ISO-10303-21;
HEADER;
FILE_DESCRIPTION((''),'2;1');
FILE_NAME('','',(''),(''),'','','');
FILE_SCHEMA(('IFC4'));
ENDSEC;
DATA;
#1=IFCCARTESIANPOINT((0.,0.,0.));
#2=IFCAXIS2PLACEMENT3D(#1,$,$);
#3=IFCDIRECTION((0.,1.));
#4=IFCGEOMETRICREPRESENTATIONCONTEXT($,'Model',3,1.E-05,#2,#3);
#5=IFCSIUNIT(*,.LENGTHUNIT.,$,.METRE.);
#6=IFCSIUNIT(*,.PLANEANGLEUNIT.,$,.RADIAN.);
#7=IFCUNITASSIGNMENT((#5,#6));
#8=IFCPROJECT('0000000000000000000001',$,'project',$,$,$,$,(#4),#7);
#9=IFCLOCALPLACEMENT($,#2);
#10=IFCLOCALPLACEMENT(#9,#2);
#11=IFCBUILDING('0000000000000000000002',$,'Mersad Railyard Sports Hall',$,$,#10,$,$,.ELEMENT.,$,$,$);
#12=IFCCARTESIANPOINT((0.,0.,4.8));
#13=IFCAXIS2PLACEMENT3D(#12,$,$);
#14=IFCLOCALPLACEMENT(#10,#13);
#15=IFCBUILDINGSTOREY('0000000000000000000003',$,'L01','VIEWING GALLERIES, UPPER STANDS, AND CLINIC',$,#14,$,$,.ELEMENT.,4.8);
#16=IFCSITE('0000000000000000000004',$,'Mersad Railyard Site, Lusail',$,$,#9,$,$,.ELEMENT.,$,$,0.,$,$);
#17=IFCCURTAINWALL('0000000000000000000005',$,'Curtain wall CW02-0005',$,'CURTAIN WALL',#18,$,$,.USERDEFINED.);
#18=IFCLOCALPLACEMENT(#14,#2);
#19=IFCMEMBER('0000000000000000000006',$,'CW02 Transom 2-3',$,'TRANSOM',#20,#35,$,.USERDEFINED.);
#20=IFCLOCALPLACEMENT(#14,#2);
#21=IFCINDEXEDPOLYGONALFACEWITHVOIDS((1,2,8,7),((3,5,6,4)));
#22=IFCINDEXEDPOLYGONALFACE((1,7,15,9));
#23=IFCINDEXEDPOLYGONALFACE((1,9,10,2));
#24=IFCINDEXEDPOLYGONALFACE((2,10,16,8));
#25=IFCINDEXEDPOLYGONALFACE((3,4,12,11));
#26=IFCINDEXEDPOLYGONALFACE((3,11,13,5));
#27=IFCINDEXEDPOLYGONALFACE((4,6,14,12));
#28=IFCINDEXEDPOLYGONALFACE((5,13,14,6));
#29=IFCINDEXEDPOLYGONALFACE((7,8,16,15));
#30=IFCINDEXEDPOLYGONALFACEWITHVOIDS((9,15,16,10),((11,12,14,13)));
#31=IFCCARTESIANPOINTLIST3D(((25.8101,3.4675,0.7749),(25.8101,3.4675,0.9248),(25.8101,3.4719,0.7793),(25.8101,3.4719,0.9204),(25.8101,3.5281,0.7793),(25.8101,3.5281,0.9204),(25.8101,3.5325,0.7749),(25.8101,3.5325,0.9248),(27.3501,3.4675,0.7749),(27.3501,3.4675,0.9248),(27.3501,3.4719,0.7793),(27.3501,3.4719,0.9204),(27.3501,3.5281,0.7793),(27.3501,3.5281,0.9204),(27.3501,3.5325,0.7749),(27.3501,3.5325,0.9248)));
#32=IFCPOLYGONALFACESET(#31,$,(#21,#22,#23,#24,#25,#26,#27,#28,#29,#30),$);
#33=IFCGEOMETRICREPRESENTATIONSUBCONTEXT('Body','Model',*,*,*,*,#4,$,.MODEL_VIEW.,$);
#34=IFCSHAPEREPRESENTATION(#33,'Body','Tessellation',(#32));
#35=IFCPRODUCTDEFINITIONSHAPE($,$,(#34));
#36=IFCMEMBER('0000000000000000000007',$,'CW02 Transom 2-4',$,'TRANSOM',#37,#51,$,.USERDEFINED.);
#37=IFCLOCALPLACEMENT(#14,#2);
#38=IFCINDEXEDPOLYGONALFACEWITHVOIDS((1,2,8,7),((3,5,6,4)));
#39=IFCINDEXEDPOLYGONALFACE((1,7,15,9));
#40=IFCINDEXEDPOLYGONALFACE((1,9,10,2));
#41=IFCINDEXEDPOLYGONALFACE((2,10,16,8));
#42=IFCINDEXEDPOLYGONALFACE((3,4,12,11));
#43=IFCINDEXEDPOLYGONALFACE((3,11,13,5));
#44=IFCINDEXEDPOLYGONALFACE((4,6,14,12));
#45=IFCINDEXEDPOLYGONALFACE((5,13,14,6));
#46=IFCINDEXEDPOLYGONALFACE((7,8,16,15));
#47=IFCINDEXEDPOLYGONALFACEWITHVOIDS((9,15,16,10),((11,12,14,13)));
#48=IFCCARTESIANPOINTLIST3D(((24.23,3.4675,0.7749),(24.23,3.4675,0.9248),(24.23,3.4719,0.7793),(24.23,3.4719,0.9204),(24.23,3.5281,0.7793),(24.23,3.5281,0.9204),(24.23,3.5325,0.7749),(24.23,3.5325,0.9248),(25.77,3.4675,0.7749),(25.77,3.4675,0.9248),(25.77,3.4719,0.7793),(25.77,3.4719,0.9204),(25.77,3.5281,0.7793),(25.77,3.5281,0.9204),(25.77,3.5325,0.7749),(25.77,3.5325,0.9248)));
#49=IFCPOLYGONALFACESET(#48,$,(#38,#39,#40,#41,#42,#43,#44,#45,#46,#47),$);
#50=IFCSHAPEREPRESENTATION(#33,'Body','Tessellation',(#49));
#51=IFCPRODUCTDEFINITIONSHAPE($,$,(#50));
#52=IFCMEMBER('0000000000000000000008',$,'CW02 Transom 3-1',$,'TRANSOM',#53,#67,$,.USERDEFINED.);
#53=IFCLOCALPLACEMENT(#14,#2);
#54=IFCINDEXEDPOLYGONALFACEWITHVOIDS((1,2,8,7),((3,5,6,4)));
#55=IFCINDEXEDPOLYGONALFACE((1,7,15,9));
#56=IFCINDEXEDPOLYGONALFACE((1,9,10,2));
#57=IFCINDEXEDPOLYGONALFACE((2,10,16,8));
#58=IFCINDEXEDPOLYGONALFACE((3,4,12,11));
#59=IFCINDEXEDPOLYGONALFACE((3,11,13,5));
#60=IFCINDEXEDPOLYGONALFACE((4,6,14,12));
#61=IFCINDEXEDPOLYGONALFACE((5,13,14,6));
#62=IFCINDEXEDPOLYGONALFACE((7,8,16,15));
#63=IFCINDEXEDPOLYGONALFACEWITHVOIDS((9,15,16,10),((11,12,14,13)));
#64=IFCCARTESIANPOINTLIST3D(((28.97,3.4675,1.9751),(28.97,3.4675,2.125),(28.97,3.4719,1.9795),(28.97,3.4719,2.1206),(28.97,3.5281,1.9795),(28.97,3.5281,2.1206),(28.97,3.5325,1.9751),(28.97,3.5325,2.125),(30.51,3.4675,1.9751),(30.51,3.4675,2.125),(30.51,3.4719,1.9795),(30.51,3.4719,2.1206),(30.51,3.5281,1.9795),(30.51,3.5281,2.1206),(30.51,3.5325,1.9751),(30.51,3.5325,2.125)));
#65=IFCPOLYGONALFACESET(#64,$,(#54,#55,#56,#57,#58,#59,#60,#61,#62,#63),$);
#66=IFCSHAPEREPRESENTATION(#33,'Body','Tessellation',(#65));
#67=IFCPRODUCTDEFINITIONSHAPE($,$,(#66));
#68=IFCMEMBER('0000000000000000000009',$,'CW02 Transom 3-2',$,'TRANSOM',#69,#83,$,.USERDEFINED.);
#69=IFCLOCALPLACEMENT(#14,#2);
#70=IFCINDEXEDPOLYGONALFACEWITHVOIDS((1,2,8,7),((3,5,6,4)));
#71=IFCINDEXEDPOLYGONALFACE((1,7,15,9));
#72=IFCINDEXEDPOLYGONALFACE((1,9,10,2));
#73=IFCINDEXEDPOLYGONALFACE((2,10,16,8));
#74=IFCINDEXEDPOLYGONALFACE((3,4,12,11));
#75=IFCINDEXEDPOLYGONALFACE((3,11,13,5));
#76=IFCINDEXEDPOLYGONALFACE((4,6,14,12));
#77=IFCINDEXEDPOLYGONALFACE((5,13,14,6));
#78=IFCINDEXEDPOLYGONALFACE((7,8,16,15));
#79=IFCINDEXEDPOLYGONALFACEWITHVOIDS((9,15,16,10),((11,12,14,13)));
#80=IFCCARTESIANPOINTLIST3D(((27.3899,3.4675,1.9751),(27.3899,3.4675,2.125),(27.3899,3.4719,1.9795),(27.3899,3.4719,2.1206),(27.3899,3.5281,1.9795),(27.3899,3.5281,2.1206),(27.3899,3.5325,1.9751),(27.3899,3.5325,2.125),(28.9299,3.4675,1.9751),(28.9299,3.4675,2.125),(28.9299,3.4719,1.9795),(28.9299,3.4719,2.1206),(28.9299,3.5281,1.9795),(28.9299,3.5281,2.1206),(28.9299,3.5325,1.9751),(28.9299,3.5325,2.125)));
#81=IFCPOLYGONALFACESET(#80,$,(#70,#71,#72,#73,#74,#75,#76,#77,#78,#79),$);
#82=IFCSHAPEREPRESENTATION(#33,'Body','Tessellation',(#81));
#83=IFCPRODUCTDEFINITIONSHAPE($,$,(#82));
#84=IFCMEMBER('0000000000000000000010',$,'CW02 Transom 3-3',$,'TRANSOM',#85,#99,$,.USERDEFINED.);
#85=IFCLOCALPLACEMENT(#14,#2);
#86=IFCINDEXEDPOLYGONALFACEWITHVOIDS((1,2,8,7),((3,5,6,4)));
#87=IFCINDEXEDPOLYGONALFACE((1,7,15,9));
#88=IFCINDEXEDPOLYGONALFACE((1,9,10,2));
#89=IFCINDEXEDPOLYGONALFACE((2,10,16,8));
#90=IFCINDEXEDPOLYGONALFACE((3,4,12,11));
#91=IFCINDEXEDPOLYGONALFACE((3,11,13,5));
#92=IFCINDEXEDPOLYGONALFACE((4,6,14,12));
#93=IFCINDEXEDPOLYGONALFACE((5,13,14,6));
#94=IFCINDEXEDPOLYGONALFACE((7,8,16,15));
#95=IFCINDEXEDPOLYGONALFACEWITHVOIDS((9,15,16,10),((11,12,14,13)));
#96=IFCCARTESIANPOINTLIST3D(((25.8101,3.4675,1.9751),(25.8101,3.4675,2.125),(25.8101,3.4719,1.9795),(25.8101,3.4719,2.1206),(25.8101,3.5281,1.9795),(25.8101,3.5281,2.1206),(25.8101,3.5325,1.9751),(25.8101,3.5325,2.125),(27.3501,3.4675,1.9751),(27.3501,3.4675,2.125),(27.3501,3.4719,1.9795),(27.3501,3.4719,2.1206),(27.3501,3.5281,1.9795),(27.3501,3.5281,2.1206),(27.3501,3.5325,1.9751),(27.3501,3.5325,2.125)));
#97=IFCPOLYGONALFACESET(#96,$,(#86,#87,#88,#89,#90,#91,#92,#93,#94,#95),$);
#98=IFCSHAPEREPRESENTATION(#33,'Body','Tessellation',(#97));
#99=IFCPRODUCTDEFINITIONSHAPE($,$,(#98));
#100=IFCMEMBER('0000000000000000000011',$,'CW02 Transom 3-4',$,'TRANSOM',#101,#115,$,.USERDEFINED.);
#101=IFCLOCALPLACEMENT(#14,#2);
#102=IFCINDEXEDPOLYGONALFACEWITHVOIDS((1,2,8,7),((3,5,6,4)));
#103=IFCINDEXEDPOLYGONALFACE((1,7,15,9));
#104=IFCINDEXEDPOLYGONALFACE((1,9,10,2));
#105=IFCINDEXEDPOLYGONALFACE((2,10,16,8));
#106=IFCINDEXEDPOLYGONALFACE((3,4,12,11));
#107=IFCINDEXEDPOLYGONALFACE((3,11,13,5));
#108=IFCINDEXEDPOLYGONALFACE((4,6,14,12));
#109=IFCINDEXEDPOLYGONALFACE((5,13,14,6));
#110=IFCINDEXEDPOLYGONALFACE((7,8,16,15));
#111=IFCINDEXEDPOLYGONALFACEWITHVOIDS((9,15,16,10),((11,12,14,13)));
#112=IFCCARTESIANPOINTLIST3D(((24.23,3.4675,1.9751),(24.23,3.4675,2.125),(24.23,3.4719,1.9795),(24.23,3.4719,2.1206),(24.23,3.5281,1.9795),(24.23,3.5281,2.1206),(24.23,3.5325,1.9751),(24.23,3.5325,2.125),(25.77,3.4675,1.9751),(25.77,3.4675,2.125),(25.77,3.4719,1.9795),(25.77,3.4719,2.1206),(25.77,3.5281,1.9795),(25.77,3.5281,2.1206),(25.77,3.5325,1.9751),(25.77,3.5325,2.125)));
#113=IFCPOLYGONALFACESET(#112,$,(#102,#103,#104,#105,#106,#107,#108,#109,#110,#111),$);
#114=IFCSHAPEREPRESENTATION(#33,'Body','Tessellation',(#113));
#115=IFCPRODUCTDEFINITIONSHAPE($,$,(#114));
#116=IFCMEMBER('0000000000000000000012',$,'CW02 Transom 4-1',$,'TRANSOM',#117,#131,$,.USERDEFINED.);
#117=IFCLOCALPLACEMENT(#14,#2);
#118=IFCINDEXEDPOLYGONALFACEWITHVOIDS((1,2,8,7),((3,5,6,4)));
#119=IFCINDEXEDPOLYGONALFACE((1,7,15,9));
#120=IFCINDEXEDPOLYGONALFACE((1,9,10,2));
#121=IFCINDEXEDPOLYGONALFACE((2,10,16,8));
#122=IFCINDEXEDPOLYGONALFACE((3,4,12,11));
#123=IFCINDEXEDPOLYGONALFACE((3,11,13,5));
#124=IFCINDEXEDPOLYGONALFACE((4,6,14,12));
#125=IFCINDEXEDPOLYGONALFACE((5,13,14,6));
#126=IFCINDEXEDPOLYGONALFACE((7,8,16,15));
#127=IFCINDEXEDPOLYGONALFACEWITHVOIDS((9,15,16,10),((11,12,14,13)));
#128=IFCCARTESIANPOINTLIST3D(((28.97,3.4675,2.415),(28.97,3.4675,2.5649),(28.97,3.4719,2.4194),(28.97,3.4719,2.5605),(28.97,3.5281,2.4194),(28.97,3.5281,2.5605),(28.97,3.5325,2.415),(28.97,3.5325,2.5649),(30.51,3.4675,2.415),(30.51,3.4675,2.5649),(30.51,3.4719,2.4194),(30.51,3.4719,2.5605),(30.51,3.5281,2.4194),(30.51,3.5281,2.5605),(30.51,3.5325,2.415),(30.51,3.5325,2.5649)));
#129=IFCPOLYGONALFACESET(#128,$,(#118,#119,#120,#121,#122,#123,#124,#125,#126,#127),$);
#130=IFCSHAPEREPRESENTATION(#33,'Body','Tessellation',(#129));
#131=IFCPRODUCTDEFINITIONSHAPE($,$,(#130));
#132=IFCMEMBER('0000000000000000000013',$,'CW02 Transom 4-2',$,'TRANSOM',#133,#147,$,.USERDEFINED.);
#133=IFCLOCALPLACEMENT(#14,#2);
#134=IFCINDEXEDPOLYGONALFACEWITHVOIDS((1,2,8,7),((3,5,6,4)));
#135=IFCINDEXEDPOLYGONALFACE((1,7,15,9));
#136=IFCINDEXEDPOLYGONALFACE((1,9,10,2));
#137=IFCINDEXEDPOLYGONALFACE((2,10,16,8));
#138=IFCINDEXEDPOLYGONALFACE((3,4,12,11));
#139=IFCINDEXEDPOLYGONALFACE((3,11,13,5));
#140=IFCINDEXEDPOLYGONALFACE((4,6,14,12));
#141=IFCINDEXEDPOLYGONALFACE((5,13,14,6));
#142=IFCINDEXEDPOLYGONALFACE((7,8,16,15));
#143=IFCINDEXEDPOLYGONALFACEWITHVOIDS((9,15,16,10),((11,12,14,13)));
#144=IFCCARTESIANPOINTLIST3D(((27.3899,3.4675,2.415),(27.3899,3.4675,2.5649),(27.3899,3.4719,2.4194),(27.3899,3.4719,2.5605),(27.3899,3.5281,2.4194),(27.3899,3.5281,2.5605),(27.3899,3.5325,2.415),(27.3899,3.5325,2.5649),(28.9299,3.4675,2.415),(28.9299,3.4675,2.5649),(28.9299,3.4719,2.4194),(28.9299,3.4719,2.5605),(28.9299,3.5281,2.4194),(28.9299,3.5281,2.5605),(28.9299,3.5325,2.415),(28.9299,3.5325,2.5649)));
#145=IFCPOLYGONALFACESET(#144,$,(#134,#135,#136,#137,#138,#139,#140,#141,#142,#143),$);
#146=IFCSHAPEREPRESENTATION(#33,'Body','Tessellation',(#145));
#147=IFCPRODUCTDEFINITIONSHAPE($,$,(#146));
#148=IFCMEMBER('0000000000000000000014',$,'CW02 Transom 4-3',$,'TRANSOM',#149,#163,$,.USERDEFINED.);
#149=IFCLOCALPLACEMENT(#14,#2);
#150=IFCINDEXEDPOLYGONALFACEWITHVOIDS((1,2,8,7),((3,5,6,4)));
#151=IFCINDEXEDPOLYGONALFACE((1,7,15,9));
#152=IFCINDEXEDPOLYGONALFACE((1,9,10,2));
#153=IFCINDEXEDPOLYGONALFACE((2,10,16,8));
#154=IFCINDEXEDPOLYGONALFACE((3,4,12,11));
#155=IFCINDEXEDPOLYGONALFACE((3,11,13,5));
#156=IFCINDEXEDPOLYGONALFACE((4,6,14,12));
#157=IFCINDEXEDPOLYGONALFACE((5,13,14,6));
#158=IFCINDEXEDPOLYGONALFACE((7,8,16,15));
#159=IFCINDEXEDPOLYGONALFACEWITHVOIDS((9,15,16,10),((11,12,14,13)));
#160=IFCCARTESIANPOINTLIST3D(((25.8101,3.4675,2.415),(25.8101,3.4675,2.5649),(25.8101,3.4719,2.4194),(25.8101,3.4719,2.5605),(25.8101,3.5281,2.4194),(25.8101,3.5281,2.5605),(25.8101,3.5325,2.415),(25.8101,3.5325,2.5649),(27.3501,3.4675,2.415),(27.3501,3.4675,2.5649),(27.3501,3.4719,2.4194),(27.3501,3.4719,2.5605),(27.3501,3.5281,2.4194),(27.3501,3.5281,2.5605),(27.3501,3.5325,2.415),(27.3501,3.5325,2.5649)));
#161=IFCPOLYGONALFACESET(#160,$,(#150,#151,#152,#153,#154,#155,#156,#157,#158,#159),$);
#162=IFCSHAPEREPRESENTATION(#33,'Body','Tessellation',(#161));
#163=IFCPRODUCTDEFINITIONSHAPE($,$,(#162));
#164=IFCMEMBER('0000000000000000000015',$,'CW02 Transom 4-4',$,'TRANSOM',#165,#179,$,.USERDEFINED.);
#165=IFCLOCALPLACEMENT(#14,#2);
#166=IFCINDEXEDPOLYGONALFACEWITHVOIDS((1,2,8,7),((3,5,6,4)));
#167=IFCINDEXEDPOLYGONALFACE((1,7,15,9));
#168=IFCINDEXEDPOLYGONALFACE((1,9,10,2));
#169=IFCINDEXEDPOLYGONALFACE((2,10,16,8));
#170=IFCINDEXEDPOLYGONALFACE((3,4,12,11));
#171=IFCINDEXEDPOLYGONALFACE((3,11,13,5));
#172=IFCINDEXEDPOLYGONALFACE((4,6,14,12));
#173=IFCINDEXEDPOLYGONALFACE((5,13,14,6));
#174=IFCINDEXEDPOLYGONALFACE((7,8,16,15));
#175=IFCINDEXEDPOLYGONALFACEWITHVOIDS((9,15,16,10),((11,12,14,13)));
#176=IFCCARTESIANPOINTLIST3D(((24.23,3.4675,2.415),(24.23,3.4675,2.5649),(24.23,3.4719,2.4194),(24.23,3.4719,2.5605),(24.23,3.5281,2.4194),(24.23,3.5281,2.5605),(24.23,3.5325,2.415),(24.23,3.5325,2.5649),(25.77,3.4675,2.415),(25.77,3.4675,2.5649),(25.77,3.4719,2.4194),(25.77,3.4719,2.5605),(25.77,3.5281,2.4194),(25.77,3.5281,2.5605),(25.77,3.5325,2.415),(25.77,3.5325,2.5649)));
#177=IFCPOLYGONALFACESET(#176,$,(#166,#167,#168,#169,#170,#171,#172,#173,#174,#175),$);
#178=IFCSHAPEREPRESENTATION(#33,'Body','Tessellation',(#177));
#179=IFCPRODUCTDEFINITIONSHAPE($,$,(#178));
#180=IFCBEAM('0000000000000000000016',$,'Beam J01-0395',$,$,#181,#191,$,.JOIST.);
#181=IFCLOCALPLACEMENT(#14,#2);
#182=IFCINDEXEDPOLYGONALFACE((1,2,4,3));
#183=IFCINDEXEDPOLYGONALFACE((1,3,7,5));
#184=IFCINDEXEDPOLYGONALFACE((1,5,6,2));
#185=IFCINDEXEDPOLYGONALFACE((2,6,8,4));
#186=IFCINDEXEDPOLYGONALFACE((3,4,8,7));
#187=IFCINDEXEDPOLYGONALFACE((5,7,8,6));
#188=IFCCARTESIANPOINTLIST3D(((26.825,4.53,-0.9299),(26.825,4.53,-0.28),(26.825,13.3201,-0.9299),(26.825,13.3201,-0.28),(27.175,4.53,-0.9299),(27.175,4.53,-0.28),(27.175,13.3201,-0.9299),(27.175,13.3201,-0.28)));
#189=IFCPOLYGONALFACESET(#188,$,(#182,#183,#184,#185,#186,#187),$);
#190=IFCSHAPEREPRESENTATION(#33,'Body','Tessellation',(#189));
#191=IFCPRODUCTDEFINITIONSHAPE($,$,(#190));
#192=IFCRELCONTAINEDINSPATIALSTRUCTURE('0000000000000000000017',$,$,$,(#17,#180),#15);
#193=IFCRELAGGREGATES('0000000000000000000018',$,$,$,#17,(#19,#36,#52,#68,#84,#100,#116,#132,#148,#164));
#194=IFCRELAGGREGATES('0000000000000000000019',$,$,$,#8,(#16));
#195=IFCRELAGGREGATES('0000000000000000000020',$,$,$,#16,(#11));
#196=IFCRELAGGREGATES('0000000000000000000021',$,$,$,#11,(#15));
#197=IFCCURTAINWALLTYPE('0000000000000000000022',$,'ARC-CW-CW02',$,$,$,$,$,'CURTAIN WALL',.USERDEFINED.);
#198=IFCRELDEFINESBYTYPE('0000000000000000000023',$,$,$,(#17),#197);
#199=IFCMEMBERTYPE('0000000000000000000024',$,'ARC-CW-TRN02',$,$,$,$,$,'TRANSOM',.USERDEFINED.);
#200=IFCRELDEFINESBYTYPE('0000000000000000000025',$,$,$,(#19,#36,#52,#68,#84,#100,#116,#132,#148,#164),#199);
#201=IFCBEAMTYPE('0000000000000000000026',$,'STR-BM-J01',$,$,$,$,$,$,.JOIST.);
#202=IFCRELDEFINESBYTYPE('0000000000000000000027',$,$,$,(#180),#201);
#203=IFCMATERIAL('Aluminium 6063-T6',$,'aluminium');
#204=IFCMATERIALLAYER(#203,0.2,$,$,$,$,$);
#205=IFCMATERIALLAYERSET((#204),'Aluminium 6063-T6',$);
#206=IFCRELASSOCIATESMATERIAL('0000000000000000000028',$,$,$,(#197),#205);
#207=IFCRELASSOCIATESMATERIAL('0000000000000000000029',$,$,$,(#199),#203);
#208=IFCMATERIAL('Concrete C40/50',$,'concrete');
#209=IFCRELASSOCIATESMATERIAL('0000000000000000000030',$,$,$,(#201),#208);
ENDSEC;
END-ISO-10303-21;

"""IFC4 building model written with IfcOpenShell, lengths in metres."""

from ifc_helpers import new_model, si_unit, direction, frame, origin, origin_2d, place, context, subcontext, project, spatial, rectangle, hollow_rectangle, extrude, material, layer, layer_set, material_profile, profile_set, type_object, element, aggregate, save


model = new_model("IFC4")

# Units and contexts
model_context = context("Model", 3, precision=1e-05, world=origin(), true_north=direction((0.0, 1.0)))
body_context = subcontext(model_context, "Body", "Model", "MODEL_VIEW")
ifc_project = project(units=[si_unit("LENGTHUNIT", "METRE"), si_unit("PLANEANGLEUNIT", "RADIAN")], contexts=[model_context])

# Site, building, storey
site_placement = place(None, origin())
site = spatial("IfcSite", under=ifc_project, at=site_placement, Name="Mersad Railyard Site, Lusail", CompositionType="ELEMENT", RefElevation=0.0)
building_placement = place(site_placement, origin())
building = spatial("IfcBuilding", under=site, at=building_placement, Name="Mersad Railyard Sports Hall", CompositionType="ELEMENT")
storey_placement = place(building_placement, frame((0.0, 0.0, 4.8)))
storey = spatial("IfcBuildingStorey", under=building, at=storey_placement, Name="L01", Description="VIEWING GALLERIES, UPPER STANDS, AND CLINIC", CompositionType="ELEMENT", Elevation=4.8)

# Curtain wall, members
ifc_material_1 = material(Name="Aluminium 6063-T6", Category="aluminium")
ifc_layer_1 = layer(ifc_material_1, 0.2)
ifc_layer_set_1 = layer_set([ifc_layer_1], Name="Aluminium 6063-T6")
curtain_wall_type = type_object("IfcCurtainWallType", Name="ARC-CW-CW02", ElementType="CURTAIN WALL", PredefinedType="USERDEFINED", material=ifc_layer_set_1)
curtain_wall_placement = place(storey_placement, origin())
curtain_wall = element("IfcCurtainWall", 1, at=curtain_wall_placement, inside=storey, type_object=curtain_wall_type, Name="Curtain wall CW02-0005", ObjectType="CURTAIN WALL", PredefinedType="USERDEFINED")
ifc_material_profile_1 = material_profile(ifc_material_1, hollow_rectangle(XDim=0.0649, YDim=0.1499, WallThickness=0.0044, at=origin_2d()), Name="AL TRANSOM 65x150x4.5")
ifc_profile_set_1 = profile_set([ifc_material_profile_1], Name="Aluminium 6063-T6")
member_type_1 = type_object("IfcMemberType", Name="ARC-CW-TRN02", ElementType="TRANSOM", PredefinedType="USERDEFINED", material=ifc_profile_set_1)
member_1_placement = place(storey_placement, frame((27.3501, 3.5, 0.8499), z_axis=(-1.0, 0.0, 0.0), x_axis=(0.0, -1.0, 0.0)))
member_1 = element("IfcMember", 2, at=member_1_placement, type_object=member_type_1, Name="CW02 Transom 2-3", ObjectType="TRANSOM", PredefinedType="USERDEFINED", context=body_context, shape_type="SweptSolid", body=[
    extrude(hollow_rectangle(XDim=0.0649, YDim=0.1499, WallThickness=0.0044, at=origin_2d()), origin(), (0.0, 0.0, 1.0), 1.54),
])
member_2_placement = place(storey_placement, frame((25.77, 3.5, 0.8499), z_axis=(-1.0, 0.0, 0.0), x_axis=(0.0, -1.0, 0.0)))
member_2 = element("IfcMember", 3, at=member_2_placement, type_object=member_type_1, Name="CW02 Transom 2-4", ObjectType="TRANSOM", PredefinedType="USERDEFINED", context=body_context, shape_type="SweptSolid", body=[
    extrude(hollow_rectangle(XDim=0.0649, YDim=0.1499, WallThickness=0.0044, at=origin_2d()), origin(), (0.0, 0.0, 1.0), 1.54),
])
member_3_placement = place(storey_placement, frame((30.51, 3.5, 2.05), z_axis=(-1.0, 0.0, 0.0), x_axis=(0.0, -1.0, 0.0)))
member_3 = element("IfcMember", 4, at=member_3_placement, type_object=member_type_1, Name="CW02 Transom 3-1", ObjectType="TRANSOM", PredefinedType="USERDEFINED", context=body_context, shape_type="SweptSolid", body=[
    extrude(hollow_rectangle(XDim=0.0649, YDim=0.1499, WallThickness=0.0044, at=origin_2d()), origin(), (0.0, 0.0, 1.0), 1.54),
])
member_4_placement = place(storey_placement, frame((28.9299, 3.5, 2.05), z_axis=(-1.0, 0.0, 0.0), x_axis=(0.0, -1.0, 0.0)))
member_4 = element("IfcMember", 5, at=member_4_placement, type_object=member_type_1, Name="CW02 Transom 3-2", ObjectType="TRANSOM", PredefinedType="USERDEFINED", context=body_context, shape_type="SweptSolid", body=[
    extrude(hollow_rectangle(XDim=0.0649, YDim=0.1499, WallThickness=0.0044, at=origin_2d()), origin(), (0.0, 0.0, 1.0), 1.54),
])
member_5_placement = place(storey_placement, frame((27.3501, 3.5, 2.05), z_axis=(-1.0, 0.0, 0.0), x_axis=(0.0, -1.0, 0.0)))
member_5 = element("IfcMember", 6, at=member_5_placement, type_object=member_type_1, Name="CW02 Transom 3-3", ObjectType="TRANSOM", PredefinedType="USERDEFINED", context=body_context, shape_type="SweptSolid", body=[
    extrude(hollow_rectangle(XDim=0.0649, YDim=0.1499, WallThickness=0.0044, at=origin_2d()), origin(), (0.0, 0.0, 1.0), 1.54),
])
member_6_placement = place(storey_placement, frame((25.77, 3.5, 2.05), z_axis=(-1.0, 0.0, 0.0), x_axis=(0.0, -1.0, 0.0)))
member_6 = element("IfcMember", 7, at=member_6_placement, type_object=member_type_1, Name="CW02 Transom 3-4", ObjectType="TRANSOM", PredefinedType="USERDEFINED", context=body_context, shape_type="SweptSolid", body=[
    extrude(hollow_rectangle(XDim=0.0649, YDim=0.1499, WallThickness=0.0044, at=origin_2d()), origin(), (0.0, 0.0, 1.0), 1.54),
])
member_7_placement = place(storey_placement, frame((30.51, 3.5, 2.49), z_axis=(-1.0, 0.0, 0.0), x_axis=(0.0, -1.0, 0.0)))
member_7 = element("IfcMember", 8, at=member_7_placement, type_object=member_type_1, Name="CW02 Transom 4-1", ObjectType="TRANSOM", PredefinedType="USERDEFINED", context=body_context, shape_type="SweptSolid", body=[
    extrude(hollow_rectangle(XDim=0.0649, YDim=0.1499, WallThickness=0.0044, at=origin_2d()), origin(), (0.0, 0.0, 1.0), 1.54),
])
member_8_placement = place(storey_placement, frame((28.9299, 3.5, 2.49), z_axis=(-1.0, 0.0, 0.0), x_axis=(0.0, -1.0, 0.0)))
member_8 = element("IfcMember", 9, at=member_8_placement, type_object=member_type_1, Name="CW02 Transom 4-2", ObjectType="TRANSOM", PredefinedType="USERDEFINED", context=body_context, shape_type="SweptSolid", body=[
    extrude(hollow_rectangle(XDim=0.0649, YDim=0.1499, WallThickness=0.0044, at=origin_2d()), origin(), (0.0, 0.0, 1.0), 1.54),
])
member_9_placement = place(storey_placement, frame((27.3501, 3.5, 2.49), z_axis=(-1.0, 0.0, 0.0), x_axis=(0.0, -1.0, 0.0)))
member_9 = element("IfcMember", 10, at=member_9_placement, type_object=member_type_1, Name="CW02 Transom 4-3", ObjectType="TRANSOM", PredefinedType="USERDEFINED", context=body_context, shape_type="SweptSolid", body=[
    extrude(hollow_rectangle(XDim=0.0649, YDim=0.1499, WallThickness=0.0044, at=origin_2d()), origin(), (0.0, 0.0, 1.0), 1.54),
])
member_10_placement = place(storey_placement, frame((25.77, 3.5, 2.49), z_axis=(-1.0, 0.0, 0.0), x_axis=(0.0, -1.0, 0.0)))
member_10 = element("IfcMember", 11, at=member_10_placement, type_object=member_type_1, Name="CW02 Transom 4-4", ObjectType="TRANSOM", PredefinedType="USERDEFINED", context=body_context, shape_type="SweptSolid", body=[
    extrude(hollow_rectangle(XDim=0.0649, YDim=0.1499, WallThickness=0.0044, at=origin_2d()), origin(), (0.0, 0.0, 1.0), 1.54),
])

# Beam
ifc_material_2 = material(Name="Concrete C40/50", Category="concrete")
ifc_material_profile_2 = material_profile(ifc_material_2, rectangle(XDim=0.3501, YDim=0.6499, at=origin_2d()), Name="RC 350x650")
ifc_profile_set_2 = profile_set([ifc_material_profile_2], Name="Concrete C40/50")
beam_type_1 = type_object("IfcBeamType", Name="STR-BM-J01", PredefinedType="JOIST", material=ifc_profile_set_2)
beam_1_placement = place(storey_placement, frame((27.0, 4.53, -0.605), z_axis=(0.0, 1.0, 0.0), x_axis=(-1.0, 0.0, 0.0)))
element("IfcBeam", 12, at=beam_1_placement, inside=storey, type_object=beam_type_1, Name="Beam J01-0395", PredefinedType="JOIST", context=body_context, shape_type="SweptSolid", body=[
    extrude(rectangle(XDim=0.3501, YDim=0.6499, at=origin_2d()), origin(), (0.0, 0.0, 1.0), 8.79),
])

aggregate(curtain_wall, [member_1, member_2, member_3, member_4, member_5, member_6, member_7, member_8, member_9, member_10])

save(model, "model.ifc")
